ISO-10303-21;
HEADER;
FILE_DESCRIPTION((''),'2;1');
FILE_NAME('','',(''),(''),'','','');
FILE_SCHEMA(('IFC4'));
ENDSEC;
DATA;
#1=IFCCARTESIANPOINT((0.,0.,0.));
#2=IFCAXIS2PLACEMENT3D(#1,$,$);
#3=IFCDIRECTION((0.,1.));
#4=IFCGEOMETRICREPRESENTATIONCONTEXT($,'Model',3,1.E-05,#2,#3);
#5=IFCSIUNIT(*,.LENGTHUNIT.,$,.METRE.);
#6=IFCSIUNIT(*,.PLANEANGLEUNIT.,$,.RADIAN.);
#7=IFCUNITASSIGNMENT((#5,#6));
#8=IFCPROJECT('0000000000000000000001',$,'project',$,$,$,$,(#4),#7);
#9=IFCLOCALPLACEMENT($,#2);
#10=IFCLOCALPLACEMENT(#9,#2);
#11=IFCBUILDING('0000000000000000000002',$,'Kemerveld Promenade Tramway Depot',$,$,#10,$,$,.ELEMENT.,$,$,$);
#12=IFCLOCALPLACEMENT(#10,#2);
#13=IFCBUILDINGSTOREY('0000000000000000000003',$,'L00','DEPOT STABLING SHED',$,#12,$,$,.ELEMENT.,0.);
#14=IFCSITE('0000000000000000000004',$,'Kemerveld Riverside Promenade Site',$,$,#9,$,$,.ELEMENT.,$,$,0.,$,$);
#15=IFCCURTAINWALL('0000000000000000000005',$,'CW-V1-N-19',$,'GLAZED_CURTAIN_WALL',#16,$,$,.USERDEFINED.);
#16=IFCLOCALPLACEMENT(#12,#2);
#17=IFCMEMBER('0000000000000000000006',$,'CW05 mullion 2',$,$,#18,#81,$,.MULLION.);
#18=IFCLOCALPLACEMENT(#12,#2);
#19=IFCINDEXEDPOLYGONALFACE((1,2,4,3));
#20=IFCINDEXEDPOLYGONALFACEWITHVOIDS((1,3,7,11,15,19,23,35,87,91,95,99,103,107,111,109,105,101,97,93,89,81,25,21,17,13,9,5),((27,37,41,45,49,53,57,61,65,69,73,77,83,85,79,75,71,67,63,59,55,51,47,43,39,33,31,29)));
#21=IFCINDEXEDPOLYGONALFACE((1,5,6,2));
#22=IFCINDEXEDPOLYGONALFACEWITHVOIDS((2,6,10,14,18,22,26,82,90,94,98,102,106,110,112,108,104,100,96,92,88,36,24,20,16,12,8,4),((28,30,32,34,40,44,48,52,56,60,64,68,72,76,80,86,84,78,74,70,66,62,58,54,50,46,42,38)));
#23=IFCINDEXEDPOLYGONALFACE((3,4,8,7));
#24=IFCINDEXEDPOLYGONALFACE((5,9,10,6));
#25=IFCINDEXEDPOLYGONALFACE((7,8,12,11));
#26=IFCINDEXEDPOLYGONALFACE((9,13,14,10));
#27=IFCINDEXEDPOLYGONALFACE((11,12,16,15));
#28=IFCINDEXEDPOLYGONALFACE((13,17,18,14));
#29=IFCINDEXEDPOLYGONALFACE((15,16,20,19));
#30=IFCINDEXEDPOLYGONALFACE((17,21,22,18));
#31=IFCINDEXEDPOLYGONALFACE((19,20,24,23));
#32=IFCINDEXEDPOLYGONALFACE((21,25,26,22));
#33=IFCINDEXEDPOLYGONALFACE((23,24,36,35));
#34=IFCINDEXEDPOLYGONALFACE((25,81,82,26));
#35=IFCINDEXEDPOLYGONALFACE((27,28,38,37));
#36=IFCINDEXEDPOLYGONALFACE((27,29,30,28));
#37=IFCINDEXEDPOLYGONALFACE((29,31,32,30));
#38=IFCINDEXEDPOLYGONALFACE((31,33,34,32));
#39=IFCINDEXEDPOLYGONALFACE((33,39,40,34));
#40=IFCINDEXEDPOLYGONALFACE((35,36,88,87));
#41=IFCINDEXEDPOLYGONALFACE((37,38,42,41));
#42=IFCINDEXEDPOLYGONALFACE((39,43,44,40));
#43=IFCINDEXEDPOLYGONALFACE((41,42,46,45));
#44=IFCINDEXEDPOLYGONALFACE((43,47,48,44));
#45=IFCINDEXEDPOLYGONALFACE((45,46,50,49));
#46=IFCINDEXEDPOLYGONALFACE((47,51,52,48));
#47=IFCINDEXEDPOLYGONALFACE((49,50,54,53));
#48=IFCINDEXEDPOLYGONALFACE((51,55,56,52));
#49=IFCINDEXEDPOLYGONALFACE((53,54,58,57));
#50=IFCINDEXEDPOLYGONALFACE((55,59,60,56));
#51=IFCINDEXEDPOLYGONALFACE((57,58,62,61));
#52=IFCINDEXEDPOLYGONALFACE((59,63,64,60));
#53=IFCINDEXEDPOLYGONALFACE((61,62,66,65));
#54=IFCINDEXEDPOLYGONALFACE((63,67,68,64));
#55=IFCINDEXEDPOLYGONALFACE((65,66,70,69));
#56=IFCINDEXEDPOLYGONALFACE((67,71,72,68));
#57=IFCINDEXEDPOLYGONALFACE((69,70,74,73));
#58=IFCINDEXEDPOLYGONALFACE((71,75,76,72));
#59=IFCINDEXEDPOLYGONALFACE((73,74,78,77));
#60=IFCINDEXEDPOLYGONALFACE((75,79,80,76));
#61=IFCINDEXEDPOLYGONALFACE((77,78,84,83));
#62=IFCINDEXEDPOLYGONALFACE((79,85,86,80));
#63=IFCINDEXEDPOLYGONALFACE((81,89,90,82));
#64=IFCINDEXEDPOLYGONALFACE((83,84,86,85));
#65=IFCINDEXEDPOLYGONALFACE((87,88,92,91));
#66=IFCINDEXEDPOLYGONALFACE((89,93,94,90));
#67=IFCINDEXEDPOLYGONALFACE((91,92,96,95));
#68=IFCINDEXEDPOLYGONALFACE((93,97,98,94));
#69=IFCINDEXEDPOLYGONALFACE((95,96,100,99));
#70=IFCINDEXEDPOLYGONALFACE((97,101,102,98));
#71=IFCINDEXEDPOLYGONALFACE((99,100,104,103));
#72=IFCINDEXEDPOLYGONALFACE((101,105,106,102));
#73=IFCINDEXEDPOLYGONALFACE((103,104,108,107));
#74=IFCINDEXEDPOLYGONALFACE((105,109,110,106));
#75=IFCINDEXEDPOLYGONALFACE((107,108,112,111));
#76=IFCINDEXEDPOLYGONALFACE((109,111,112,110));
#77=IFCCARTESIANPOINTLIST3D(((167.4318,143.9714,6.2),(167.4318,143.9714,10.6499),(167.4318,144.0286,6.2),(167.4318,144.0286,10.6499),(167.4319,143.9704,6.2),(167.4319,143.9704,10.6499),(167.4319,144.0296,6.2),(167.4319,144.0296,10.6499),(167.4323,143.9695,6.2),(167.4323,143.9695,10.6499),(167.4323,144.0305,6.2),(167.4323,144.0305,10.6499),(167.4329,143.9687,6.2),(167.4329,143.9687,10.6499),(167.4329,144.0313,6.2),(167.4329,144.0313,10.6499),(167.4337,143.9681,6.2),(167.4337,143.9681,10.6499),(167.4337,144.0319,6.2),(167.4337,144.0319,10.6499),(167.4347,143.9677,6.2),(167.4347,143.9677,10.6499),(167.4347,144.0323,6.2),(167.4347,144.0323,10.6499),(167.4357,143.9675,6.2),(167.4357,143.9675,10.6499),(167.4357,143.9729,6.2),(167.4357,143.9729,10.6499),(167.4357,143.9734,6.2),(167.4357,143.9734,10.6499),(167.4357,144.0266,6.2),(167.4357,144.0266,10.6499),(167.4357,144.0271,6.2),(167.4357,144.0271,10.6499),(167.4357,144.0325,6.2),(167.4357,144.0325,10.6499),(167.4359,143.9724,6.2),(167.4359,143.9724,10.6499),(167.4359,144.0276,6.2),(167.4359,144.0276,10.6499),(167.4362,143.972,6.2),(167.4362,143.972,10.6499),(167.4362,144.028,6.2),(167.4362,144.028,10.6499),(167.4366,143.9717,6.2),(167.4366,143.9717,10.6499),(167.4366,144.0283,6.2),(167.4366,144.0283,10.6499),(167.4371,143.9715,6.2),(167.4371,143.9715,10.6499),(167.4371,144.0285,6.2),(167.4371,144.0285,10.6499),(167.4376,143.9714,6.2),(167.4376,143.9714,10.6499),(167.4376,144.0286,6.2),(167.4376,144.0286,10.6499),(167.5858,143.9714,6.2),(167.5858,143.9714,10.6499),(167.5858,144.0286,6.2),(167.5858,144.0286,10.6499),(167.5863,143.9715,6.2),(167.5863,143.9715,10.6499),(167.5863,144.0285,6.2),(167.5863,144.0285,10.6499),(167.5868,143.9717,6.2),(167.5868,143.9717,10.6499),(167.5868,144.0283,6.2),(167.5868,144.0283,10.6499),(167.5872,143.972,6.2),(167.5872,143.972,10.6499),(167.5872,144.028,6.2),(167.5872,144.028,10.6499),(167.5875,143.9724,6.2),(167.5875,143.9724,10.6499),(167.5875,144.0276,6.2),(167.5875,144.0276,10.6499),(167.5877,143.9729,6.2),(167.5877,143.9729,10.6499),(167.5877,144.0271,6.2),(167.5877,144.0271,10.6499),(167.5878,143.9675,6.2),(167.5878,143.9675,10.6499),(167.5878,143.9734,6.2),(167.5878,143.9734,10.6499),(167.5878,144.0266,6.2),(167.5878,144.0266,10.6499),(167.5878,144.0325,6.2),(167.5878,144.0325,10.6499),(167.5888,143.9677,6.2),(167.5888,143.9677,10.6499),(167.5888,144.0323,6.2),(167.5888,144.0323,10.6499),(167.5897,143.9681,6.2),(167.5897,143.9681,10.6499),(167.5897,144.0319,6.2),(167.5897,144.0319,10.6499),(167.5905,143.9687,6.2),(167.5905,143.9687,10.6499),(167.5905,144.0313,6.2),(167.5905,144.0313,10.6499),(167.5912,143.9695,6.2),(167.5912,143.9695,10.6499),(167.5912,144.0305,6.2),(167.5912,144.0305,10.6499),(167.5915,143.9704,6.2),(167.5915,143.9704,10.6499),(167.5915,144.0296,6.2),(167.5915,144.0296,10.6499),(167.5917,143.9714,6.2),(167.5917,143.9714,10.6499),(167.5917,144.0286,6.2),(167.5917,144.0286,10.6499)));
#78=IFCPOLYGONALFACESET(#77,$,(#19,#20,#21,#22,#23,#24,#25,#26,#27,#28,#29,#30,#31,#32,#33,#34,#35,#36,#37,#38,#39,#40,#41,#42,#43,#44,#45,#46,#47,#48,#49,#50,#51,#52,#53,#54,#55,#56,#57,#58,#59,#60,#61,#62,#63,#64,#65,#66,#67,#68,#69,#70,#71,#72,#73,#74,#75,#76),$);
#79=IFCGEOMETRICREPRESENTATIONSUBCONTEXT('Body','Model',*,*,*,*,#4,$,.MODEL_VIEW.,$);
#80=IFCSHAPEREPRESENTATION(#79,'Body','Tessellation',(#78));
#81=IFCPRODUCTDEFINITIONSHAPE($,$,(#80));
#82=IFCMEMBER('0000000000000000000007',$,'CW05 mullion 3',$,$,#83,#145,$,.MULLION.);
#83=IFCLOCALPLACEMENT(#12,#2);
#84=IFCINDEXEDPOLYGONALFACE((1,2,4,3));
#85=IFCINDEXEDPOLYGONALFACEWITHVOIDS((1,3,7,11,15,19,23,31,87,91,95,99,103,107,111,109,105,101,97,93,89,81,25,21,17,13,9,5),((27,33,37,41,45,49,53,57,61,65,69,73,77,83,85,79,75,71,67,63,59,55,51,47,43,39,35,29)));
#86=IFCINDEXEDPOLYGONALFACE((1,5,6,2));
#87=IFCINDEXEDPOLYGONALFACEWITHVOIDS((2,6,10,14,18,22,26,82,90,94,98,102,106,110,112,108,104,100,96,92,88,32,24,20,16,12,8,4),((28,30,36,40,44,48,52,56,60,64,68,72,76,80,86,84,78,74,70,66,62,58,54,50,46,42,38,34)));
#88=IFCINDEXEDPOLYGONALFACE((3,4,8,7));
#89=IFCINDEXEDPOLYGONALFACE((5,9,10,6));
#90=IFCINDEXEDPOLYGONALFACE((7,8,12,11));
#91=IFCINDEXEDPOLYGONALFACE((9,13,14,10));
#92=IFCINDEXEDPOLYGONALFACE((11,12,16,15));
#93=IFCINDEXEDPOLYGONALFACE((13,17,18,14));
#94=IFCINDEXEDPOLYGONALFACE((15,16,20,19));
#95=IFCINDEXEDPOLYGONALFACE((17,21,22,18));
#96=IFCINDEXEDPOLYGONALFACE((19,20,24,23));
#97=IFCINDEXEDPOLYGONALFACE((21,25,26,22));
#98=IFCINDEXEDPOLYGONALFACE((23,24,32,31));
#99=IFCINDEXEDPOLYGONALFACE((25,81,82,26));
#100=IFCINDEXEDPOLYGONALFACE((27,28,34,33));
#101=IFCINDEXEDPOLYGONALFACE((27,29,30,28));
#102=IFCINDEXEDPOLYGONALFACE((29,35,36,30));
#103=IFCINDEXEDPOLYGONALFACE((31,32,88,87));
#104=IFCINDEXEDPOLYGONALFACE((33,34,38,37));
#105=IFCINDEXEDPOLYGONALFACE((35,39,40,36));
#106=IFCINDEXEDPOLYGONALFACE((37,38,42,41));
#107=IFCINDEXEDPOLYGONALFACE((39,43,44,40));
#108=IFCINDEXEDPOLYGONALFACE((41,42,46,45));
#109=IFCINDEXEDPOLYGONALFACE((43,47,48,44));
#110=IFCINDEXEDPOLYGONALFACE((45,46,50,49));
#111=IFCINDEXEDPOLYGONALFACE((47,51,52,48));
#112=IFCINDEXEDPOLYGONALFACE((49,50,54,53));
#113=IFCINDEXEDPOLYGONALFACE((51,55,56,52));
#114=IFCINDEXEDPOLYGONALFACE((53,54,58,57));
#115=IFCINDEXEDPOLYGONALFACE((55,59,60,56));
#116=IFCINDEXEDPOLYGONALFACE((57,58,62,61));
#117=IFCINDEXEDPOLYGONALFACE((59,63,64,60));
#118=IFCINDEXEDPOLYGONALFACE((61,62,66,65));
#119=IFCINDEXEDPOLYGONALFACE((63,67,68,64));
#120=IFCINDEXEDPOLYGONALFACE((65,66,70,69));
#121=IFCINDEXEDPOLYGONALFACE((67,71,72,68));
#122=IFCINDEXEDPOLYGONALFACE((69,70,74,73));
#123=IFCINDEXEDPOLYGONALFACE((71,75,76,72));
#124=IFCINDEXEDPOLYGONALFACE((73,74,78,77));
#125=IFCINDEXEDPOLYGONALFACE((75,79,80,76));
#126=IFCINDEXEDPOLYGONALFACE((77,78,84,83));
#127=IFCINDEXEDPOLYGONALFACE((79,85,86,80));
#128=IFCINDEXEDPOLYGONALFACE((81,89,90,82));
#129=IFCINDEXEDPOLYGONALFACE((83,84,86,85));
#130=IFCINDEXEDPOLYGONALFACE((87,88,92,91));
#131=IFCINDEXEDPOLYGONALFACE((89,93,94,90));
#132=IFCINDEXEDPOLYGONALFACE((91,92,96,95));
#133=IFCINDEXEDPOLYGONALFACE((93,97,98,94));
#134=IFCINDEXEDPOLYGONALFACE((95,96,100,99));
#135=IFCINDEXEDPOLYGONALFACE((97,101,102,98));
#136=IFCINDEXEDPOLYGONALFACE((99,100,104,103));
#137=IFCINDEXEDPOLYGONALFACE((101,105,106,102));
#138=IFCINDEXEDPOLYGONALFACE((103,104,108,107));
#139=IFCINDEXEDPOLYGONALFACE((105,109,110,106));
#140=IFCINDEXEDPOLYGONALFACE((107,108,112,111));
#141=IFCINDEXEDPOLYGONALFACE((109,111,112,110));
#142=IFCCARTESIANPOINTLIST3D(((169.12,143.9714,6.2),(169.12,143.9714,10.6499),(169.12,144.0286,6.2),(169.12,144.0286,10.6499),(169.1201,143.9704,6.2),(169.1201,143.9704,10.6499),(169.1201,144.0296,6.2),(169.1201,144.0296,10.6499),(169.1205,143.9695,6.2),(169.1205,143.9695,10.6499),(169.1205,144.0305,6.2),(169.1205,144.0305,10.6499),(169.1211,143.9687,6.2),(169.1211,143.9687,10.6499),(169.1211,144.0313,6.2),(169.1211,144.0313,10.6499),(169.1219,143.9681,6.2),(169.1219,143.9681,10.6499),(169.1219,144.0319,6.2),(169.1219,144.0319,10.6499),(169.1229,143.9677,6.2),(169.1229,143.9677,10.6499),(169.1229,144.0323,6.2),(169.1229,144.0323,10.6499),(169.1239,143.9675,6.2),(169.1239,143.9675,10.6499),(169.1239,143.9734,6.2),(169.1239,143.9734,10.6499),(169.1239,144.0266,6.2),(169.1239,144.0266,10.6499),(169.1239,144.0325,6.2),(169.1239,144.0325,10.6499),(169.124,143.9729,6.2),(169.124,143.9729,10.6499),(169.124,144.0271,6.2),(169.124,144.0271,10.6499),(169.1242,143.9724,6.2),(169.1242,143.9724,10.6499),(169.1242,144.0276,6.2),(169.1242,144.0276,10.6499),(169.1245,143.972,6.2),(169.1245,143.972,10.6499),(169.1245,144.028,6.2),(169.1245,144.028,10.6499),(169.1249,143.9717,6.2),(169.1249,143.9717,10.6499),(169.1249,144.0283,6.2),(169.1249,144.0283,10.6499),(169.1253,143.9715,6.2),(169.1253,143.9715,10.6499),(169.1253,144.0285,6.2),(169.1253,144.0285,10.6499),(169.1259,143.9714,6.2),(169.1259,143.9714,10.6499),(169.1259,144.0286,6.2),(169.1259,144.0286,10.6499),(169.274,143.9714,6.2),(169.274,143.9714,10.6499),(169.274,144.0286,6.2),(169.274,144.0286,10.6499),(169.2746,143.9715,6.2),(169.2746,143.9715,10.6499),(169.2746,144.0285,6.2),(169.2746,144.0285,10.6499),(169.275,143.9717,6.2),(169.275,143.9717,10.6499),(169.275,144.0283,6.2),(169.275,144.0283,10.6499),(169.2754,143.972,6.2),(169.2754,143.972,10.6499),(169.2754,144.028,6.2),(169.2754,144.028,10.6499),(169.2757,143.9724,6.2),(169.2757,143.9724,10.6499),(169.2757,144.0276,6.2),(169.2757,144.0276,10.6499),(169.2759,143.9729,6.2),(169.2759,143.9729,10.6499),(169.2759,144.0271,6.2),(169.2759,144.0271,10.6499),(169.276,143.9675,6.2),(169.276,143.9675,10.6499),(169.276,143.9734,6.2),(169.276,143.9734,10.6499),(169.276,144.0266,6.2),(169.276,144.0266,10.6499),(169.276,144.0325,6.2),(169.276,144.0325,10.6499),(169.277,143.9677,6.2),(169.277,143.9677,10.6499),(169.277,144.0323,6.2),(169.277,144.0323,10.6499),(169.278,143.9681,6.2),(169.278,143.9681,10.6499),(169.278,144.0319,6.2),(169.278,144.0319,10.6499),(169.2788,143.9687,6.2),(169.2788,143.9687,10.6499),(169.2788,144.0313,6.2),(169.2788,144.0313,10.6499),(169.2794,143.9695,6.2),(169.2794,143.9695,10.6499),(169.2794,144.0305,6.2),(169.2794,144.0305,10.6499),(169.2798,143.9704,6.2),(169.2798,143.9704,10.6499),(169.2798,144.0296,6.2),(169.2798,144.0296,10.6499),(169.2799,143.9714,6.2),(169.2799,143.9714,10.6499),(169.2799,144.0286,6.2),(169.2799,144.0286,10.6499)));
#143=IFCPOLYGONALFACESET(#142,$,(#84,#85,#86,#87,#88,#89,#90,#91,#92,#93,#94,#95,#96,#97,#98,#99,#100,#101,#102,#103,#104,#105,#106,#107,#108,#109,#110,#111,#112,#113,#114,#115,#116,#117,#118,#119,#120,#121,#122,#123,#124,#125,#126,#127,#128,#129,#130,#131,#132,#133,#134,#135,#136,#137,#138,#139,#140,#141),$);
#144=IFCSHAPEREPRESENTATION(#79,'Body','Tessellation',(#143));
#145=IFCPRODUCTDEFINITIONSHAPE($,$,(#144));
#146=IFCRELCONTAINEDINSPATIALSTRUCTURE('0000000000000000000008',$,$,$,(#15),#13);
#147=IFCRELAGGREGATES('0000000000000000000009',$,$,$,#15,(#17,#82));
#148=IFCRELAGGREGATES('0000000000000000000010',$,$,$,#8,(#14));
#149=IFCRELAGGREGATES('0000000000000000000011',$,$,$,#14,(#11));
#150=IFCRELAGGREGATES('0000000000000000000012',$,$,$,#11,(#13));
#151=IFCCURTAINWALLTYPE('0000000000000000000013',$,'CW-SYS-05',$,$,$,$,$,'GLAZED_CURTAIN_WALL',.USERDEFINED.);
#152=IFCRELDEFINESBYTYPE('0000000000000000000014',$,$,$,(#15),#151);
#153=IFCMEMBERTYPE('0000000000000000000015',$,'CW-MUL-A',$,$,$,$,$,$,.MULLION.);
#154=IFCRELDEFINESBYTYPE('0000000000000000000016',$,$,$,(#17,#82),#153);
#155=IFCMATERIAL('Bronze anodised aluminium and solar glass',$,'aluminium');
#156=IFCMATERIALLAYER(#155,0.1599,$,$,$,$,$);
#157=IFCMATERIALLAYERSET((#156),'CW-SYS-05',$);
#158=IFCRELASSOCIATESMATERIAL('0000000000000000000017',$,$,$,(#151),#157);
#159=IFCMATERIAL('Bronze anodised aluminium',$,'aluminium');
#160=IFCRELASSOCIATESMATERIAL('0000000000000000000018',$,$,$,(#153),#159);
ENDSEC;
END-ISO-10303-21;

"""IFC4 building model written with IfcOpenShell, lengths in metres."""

from ifc_helpers import new_model, si_unit, direction, frame, origin, origin_2d, place, context, subcontext, project, spatial, hollow_rectangle, extrude, material, layer, layer_set, material_profile, profile_set, type_object, element, aggregate, save


model = new_model("IFC4")

# Units and contexts
model_context = context("Model", 3, precision=1e-05, world=origin(), true_north=direction((0.0, 1.0)))
body_context = subcontext(model_context, "Body", "Model", "MODEL_VIEW")
ifc_project = project(units=[si_unit("LENGTHUNIT", "METRE"), si_unit("PLANEANGLEUNIT", "RADIAN")], contexts=[model_context])

# Site, building, storey
site_placement = place(None, origin())
site = spatial("IfcSite", under=ifc_project, at=site_placement, Name="Kemerveld Riverside Promenade Site", CompositionType="ELEMENT", RefElevation=0.0)
building_placement = place(site_placement, origin())
building = spatial("IfcBuilding", under=site, at=building_placement, Name="Kemerveld Promenade Tramway Depot", CompositionType="ELEMENT")
storey_placement = place(building_placement, origin())
storey = spatial("IfcBuildingStorey", under=building, at=storey_placement, Name="L00", Description="DEPOT STABLING SHED", CompositionType="ELEMENT", Elevation=0.0)

# Curtain wall, members
ifc_material_1 = material(Name="Bronze anodised aluminium and solar glass", Category="aluminium")
ifc_layer_1 = layer(ifc_material_1, 0.1599)
ifc_layer_set_1 = layer_set([ifc_layer_1], Name="CW-SYS-05")
curtain_wall_type_1 = type_object("IfcCurtainWallType", Name="CW-SYS-05", ElementType="GLAZED_CURTAIN_WALL", PredefinedType="USERDEFINED", material=ifc_layer_set_1)
curtain_wall_1_placement = place(storey_placement, origin())
curtain_wall_1 = element("IfcCurtainWall", 1, at=curtain_wall_1_placement, inside=storey, type_object=curtain_wall_type_1, Name="CW-V1-N-19", ObjectType="GLAZED_CURTAIN_WALL", PredefinedType="USERDEFINED")
ifc_material_2 = material(Name="Bronze anodised aluminium", Category="aluminium")
ifc_material_profile_1 = material_profile(ifc_material_2, hollow_rectangle(XDim=0.0649, YDim=0.1599, WallThickness=0.0039, InnerFilletRadius=0.002, OuterFilletRadius=0.0039, at=origin_2d()), Name="CW-MUL-160x65")
ifc_profile_set_1 = profile_set([ifc_material_profile_1], Name="Bronze anodised aluminium")
member_type_1 = type_object("IfcMemberType", Name="CW-MUL-A", PredefinedType="MULLION", material=ifc_profile_set_1)
member_1_placement = place(storey_placement, frame((167.5117, 144.0, 6.2), z_axis=(0.0, 0.0, 1.0), x_axis=(0.0, 1.0, 0.0)))
member_1 = element("IfcMember", 2, at=member_1_placement, type_object=member_type_1, Name="CW05 mullion 2", PredefinedType="MULLION", context=body_context, shape_type="SweptSolid", body=[
    extrude(hollow_rectangle(XDim=0.0649, YDim=0.1599, WallThickness=0.0039, InnerFilletRadius=0.002, OuterFilletRadius=0.0039, at=origin_2d()), origin(), (0.0, 0.0, 1.0), 4.45),
])
member_2_placement = place(storey_placement, frame((169.2, 144.0, 6.2), z_axis=(0.0, 0.0, 1.0), x_axis=(0.0, 1.0, 0.0)))
member_2 = element("IfcMember", 3, at=member_2_placement, type_object=member_type_1, Name="CW05 mullion 3", PredefinedType="MULLION", context=body_context, shape_type="SweptSolid", body=[
    extrude(hollow_rectangle(XDim=0.0649, YDim=0.1599, WallThickness=0.0039, InnerFilletRadius=0.002, OuterFilletRadius=0.0039, at=origin_2d()), origin(), (0.0, 0.0, 1.0), 4.45),
])

aggregate(curtain_wall_1, [member_1, member_2])

save(model, "model.ifc")
